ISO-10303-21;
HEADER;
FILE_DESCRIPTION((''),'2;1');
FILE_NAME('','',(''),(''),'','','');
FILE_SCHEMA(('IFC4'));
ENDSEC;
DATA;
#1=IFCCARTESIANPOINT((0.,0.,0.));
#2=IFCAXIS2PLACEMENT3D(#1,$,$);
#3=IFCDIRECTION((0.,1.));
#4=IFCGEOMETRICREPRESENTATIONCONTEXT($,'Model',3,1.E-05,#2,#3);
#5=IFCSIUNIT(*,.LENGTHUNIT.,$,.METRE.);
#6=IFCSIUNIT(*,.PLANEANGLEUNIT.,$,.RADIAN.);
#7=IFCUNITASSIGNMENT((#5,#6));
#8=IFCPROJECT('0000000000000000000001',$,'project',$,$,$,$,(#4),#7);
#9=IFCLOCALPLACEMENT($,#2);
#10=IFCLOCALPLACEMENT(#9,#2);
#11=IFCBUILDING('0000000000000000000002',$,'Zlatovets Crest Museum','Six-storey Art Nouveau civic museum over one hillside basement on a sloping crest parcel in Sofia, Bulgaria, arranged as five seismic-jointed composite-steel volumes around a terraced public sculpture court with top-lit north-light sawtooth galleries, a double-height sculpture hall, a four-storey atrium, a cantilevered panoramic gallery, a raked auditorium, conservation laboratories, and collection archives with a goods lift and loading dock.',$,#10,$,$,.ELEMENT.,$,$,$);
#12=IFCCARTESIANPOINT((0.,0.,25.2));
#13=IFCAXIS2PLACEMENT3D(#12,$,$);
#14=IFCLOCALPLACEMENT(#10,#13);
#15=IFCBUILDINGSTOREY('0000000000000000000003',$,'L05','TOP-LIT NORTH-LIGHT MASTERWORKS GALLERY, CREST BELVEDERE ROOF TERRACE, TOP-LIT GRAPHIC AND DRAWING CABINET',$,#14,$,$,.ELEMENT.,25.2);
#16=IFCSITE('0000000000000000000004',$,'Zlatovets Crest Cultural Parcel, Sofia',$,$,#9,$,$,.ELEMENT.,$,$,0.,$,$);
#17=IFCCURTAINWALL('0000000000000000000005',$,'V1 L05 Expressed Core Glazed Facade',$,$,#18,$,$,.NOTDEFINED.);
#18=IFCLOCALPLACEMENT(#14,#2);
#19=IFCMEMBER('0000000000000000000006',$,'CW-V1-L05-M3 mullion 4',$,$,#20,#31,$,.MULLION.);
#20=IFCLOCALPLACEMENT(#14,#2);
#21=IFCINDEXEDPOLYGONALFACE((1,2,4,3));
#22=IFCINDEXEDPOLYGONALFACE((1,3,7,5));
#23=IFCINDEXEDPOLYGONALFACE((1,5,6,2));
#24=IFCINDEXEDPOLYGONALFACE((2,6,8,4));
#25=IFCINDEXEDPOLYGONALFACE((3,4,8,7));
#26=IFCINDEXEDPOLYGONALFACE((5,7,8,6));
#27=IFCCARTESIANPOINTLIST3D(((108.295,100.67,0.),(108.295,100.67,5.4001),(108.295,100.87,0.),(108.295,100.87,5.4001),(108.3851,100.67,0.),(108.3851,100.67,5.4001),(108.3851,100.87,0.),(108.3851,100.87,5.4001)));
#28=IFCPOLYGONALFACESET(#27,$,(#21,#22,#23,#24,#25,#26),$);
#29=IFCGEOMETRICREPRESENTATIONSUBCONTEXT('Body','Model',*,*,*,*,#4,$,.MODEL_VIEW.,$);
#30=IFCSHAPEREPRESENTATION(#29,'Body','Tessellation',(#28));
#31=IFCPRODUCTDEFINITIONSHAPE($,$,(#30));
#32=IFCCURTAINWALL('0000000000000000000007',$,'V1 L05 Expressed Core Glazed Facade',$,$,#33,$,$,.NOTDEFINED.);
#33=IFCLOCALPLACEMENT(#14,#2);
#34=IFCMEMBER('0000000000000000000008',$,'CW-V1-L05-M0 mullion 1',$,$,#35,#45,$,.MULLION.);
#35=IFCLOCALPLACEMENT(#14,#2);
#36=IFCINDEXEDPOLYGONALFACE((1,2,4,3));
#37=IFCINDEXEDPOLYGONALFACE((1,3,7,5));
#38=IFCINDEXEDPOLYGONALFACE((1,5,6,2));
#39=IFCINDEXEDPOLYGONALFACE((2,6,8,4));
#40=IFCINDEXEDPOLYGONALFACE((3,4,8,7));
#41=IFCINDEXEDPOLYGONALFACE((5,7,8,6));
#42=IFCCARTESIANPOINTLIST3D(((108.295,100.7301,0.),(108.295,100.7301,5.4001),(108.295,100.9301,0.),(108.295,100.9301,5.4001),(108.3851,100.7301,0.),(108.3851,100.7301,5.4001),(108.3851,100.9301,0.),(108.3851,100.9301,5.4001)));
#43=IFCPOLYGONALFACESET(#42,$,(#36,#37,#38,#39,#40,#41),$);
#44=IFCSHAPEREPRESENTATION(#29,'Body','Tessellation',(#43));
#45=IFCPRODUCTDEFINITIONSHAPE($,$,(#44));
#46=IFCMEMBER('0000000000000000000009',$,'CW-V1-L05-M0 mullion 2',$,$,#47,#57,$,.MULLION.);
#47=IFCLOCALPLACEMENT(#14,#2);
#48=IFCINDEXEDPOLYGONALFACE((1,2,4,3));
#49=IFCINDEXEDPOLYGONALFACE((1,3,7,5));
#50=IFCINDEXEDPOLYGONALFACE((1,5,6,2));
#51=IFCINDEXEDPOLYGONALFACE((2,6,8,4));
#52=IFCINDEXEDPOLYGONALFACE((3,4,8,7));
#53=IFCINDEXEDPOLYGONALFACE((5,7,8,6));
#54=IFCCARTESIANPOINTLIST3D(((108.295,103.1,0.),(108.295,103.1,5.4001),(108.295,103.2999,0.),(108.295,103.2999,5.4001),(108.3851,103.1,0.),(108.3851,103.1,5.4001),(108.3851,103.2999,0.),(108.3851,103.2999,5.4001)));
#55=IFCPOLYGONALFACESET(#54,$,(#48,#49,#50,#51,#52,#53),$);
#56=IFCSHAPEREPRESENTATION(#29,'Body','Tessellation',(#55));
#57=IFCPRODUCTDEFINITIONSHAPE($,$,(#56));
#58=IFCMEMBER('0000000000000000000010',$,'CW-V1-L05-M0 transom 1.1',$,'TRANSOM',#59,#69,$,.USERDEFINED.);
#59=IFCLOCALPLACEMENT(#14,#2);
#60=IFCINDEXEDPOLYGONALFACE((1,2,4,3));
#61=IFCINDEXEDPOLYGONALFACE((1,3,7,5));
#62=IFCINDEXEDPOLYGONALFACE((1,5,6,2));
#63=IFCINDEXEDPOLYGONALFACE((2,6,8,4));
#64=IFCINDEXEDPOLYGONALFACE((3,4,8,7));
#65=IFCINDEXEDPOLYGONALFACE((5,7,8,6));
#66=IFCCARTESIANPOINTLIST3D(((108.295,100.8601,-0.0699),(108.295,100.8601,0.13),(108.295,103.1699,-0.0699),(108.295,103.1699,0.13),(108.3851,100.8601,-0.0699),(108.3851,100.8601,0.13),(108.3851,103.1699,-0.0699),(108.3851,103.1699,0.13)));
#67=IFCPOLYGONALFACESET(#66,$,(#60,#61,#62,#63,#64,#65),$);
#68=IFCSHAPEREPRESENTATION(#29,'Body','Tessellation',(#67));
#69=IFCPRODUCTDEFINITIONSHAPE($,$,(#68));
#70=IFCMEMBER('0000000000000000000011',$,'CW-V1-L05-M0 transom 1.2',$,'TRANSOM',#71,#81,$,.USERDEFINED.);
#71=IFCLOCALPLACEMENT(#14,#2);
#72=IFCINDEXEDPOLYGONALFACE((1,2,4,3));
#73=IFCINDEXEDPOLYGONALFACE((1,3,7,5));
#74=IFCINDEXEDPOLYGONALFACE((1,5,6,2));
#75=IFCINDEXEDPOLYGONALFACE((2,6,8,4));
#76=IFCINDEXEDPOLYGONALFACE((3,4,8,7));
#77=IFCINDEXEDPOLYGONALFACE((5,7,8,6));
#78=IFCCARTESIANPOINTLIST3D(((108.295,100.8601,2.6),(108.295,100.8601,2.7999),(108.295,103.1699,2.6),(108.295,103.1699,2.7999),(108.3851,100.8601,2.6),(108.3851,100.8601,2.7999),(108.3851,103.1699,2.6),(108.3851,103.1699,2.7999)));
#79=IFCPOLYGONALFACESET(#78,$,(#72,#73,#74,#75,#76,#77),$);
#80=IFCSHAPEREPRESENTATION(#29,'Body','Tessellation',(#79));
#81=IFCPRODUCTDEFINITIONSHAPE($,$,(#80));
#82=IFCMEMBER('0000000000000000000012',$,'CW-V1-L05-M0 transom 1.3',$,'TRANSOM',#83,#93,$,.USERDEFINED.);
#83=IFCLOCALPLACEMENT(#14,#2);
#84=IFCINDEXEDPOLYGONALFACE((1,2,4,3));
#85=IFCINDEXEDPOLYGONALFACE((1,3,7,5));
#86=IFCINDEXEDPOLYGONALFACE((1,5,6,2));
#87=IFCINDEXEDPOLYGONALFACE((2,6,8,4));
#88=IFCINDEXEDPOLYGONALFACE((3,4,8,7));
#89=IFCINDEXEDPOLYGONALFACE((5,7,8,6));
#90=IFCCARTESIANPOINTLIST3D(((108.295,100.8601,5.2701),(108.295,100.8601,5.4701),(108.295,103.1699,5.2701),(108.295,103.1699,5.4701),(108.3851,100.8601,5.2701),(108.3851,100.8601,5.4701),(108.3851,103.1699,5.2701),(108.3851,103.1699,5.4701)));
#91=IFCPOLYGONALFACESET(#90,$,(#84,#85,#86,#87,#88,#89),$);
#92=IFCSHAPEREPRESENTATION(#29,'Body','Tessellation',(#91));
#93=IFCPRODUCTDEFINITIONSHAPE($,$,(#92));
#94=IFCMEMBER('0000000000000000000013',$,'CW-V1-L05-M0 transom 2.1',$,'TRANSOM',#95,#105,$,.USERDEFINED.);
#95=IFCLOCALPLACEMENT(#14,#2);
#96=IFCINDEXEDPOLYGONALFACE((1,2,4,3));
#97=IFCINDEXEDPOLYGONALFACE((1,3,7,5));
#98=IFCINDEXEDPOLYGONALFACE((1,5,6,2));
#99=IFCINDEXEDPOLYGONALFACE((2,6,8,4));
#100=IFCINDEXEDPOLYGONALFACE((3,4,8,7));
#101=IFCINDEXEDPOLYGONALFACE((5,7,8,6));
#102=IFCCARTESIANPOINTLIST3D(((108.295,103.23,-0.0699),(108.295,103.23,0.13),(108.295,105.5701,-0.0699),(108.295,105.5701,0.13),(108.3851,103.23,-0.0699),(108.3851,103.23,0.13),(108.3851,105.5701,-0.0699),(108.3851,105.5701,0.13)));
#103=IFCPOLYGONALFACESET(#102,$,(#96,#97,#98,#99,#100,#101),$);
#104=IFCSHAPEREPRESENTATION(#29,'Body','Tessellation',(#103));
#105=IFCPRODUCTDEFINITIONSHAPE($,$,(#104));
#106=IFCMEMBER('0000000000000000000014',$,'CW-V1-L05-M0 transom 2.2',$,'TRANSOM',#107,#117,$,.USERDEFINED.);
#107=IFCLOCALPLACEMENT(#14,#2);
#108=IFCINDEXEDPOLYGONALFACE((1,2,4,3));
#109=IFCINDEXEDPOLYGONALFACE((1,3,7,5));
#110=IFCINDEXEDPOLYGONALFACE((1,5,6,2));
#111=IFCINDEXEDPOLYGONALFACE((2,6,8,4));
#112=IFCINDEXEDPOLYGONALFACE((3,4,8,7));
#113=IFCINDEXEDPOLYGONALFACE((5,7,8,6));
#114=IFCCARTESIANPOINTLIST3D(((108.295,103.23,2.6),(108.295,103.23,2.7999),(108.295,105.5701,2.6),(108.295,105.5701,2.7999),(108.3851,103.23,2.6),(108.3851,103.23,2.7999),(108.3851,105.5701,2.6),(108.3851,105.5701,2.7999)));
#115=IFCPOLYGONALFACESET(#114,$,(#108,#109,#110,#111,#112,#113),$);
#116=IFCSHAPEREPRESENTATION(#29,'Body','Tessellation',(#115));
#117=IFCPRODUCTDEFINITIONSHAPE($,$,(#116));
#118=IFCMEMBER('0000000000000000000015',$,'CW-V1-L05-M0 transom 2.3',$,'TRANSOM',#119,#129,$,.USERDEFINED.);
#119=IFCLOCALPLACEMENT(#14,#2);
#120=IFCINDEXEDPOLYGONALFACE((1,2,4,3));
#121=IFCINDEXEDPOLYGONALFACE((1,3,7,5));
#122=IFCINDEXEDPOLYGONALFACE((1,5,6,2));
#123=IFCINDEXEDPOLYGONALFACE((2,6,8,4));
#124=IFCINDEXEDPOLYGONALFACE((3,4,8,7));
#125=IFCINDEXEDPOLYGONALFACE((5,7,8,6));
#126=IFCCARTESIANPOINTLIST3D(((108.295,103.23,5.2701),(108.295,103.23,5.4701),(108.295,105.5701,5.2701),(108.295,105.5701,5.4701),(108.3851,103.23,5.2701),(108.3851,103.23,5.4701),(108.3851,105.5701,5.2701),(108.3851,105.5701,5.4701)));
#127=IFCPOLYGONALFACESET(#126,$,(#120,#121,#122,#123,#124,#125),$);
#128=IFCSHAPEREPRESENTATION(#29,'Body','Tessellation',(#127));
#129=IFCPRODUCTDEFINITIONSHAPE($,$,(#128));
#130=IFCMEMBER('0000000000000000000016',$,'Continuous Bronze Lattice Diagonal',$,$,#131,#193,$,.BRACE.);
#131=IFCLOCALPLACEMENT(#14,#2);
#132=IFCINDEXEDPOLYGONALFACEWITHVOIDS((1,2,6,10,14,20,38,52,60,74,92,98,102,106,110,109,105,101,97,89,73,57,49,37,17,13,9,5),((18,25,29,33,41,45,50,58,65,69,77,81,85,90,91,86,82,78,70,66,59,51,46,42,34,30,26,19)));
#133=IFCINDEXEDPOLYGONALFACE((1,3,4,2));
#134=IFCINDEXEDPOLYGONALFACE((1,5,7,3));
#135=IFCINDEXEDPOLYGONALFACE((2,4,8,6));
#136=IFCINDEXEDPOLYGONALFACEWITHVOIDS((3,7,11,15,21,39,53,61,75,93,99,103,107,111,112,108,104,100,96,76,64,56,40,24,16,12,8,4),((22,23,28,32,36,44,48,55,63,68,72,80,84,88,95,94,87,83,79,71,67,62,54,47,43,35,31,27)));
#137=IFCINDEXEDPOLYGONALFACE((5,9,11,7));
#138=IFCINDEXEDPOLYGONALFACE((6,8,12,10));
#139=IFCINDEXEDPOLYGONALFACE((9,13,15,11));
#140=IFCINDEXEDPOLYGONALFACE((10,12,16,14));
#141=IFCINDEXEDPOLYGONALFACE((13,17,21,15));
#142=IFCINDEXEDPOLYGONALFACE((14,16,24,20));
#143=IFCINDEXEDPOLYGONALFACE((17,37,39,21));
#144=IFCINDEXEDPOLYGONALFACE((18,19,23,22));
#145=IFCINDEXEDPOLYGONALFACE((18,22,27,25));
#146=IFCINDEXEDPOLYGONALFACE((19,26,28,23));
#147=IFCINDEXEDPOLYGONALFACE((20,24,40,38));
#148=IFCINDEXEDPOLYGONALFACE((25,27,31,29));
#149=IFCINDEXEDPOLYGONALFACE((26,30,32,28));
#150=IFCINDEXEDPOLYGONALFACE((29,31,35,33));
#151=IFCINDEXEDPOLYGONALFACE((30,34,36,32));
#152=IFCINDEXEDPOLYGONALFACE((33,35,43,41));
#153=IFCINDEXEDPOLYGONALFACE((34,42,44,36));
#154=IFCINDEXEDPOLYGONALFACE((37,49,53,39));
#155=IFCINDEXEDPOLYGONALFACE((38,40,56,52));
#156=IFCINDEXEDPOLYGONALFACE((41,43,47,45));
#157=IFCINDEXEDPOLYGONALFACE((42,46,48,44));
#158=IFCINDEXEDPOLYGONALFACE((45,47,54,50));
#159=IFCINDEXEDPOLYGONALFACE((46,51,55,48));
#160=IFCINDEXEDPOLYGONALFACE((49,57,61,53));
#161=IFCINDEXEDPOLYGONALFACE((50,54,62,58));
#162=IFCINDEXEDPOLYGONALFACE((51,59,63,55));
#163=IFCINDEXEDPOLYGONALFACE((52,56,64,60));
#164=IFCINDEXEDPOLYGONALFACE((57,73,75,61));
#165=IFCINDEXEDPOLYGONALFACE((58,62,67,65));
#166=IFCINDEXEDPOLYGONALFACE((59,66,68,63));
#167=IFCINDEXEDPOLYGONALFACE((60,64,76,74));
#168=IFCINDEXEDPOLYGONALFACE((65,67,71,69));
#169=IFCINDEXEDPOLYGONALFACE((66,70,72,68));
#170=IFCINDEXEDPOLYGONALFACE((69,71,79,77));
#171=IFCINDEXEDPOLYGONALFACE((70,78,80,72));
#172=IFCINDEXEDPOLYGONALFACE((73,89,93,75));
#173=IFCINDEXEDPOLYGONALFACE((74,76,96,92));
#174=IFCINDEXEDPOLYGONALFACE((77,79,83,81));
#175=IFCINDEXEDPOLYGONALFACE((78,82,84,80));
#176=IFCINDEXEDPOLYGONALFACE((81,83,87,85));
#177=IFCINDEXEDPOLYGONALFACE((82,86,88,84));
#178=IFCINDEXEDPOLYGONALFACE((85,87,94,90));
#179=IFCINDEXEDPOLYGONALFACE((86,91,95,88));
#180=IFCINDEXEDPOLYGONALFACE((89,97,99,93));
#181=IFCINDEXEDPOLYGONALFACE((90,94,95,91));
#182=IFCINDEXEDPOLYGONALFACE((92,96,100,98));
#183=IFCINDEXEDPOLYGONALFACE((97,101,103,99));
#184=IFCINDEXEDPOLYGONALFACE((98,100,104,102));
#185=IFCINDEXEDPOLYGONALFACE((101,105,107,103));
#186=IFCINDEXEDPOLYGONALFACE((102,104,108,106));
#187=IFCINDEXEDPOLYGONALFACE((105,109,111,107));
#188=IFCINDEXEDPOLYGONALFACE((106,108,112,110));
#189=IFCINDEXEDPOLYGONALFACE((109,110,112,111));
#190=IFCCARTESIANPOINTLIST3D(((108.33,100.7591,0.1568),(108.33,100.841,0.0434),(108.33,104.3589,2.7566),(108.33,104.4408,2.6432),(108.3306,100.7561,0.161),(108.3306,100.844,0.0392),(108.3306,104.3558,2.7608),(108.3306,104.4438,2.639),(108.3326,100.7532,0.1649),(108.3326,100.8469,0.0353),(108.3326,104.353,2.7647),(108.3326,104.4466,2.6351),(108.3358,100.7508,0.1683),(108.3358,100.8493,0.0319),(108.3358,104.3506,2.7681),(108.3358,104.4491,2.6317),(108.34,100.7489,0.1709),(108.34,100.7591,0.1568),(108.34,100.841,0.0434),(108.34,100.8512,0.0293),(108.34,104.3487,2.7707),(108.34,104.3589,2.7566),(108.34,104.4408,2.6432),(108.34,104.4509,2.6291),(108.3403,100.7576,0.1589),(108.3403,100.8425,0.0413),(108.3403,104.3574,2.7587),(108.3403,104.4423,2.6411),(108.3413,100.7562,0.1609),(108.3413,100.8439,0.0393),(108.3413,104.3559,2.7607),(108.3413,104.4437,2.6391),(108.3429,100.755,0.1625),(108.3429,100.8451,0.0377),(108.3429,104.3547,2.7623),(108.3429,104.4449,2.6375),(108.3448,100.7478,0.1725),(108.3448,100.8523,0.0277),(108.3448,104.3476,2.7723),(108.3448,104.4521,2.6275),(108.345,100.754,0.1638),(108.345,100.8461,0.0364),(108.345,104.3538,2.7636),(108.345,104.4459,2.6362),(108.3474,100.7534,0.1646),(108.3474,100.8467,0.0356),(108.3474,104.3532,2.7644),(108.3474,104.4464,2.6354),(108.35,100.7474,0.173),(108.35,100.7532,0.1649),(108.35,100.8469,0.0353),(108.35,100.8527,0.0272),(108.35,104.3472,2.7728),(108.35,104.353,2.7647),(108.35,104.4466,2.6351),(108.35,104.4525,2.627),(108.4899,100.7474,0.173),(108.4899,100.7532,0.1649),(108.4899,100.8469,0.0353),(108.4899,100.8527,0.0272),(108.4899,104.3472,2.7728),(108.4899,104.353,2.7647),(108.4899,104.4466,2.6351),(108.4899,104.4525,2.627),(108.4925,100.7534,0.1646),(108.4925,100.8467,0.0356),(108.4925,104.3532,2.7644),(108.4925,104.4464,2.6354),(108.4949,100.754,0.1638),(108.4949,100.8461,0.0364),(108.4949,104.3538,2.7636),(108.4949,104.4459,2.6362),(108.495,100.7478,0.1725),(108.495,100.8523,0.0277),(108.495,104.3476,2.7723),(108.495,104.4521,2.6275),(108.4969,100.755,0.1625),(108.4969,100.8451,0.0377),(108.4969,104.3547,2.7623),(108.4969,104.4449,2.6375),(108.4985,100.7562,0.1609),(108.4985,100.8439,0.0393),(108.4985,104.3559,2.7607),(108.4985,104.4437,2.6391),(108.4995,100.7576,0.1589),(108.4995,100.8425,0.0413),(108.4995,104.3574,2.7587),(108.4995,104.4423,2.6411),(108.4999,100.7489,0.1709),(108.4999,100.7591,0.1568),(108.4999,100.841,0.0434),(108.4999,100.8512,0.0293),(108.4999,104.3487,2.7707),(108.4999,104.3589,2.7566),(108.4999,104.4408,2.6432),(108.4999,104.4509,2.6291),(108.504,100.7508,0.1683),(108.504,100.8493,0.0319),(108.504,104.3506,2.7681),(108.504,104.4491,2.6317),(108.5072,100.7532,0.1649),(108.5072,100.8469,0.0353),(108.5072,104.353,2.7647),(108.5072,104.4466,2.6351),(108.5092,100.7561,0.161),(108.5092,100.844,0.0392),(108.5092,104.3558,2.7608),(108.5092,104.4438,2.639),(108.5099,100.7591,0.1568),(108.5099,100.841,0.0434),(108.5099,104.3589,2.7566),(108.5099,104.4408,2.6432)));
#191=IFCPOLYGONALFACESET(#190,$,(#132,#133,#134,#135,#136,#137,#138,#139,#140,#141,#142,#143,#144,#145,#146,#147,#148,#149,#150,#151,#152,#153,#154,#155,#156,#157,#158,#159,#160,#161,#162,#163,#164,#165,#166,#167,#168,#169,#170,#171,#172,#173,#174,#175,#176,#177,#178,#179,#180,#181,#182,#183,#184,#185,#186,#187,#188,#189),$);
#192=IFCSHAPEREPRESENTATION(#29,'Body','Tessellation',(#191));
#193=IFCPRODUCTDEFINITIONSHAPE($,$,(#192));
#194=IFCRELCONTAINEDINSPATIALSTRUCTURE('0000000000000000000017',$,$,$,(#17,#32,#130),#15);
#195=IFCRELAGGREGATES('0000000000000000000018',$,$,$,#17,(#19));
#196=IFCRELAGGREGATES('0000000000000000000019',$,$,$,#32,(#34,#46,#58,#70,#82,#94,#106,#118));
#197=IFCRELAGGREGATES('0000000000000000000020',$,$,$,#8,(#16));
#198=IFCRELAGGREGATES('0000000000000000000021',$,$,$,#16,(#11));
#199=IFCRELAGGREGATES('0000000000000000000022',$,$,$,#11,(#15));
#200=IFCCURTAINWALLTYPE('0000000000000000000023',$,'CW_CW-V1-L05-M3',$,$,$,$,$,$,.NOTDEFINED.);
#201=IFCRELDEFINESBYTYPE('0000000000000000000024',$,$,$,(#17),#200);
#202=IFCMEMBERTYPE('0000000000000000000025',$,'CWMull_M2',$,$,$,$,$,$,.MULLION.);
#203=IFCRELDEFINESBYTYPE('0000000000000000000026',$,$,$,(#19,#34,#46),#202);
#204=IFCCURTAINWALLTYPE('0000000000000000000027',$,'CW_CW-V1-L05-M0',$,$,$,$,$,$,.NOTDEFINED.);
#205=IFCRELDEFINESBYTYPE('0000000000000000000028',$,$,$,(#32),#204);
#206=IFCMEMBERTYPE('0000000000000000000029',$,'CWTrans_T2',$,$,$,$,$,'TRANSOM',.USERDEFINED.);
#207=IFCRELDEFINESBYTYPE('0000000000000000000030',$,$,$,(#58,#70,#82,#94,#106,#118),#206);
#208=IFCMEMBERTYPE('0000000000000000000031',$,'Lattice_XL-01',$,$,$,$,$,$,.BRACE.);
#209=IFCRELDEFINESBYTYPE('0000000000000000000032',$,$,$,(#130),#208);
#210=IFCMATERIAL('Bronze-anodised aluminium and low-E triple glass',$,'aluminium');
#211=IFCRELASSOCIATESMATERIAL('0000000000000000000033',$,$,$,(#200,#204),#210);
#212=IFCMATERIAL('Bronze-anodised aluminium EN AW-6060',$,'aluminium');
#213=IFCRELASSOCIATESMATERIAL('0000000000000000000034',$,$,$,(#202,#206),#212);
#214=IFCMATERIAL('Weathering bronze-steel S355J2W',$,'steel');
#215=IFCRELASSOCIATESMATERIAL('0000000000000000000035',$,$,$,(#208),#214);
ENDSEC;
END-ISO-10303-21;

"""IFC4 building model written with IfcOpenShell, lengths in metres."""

from ifc_helpers import new_model, si_unit, direction, frame, origin, origin_2d, place, context, subcontext, project, spatial, rectangle, hollow_rectangle, extrude, material, material_profile, profile_set, type_object, element, aggregate, save


model = new_model("IFC4")

# Units and contexts
model_context = context("Model", 3, precision=1e-05, world=origin(), true_north=direction((0.0, 1.0)))
body_context = subcontext(model_context, "Body", "Model", "MODEL_VIEW")
ifc_project = project(units=[si_unit("LENGTHUNIT", "METRE"), si_unit("PLANEANGLEUNIT", "RADIAN")], contexts=[model_context])

# Site, building, storey
site_placement = place(None, origin())
site = spatial("IfcSite", under=ifc_project, at=site_placement, Name="Zlatovets Crest Cultural Parcel, Sofia", CompositionType="ELEMENT", RefElevation=0.0)
building_placement = place(site_placement, origin())
building = spatial("IfcBuilding", under=site, at=building_placement, Name="Zlatovets Crest Museum", Description="Six-storey Art Nouveau civic museum over one hillside basement on a sloping crest parcel in Sofia, Bulgaria, arranged as five seismic-jointed composite-steel volumes around a terraced public sculpture court with top-lit north-light sawtooth galleries, a double-height sculpture hall, a four-storey atrium, a cantilevered panoramic gallery, a raked auditorium, conservation laboratories, and collection archives with a goods lift and loading dock.", CompositionType="ELEMENT")
storey_placement = place(building_placement, frame((0.0, 0.0, 25.2)))
storey = spatial("IfcBuildingStorey", under=building, at=storey_placement, Name="L05", Description="TOP-LIT NORTH-LIGHT MASTERWORKS GALLERY, CREST BELVEDERE ROOF TERRACE, TOP-LIT GRAPHIC AND DRAWING CABINET", CompositionType="ELEMENT", Elevation=25.2)

# Curtain wall, member
ifc_material_1 = material(Name="Bronze-anodised aluminium and low-E triple glass", Category="aluminium")
curtain_wall_type_1 = type_object("IfcCurtainWallType", Name="CW_CW-V1-L05-M3", PredefinedType="NOTDEFINED", material=ifc_material_1)
curtain_wall_1_placement = place(storey_placement, origin())
curtain_wall_1 = element("IfcCurtainWall", 1, at=curtain_wall_1_placement, inside=storey, type_object=curtain_wall_type_1, Name="V1 L05 Expressed Core Glazed Facade", PredefinedType="NOTDEFINED")
ifc_material_2 = material(Name="Bronze-anodised aluminium EN AW-6060", Category="aluminium")
ifc_material_profile_1 = material_profile(ifc_material_2, rectangle(XDim=0.0901, YDim=0.2, at=origin_2d()), Name="ALU 90x200")
ifc_profile_set_1 = profile_set([ifc_material_profile_1], Name="Bronze-anodised aluminium EN AW-6060")
member_type_1 = type_object("IfcMemberType", Name="CWMull_M2", PredefinedType="MULLION", material=ifc_profile_set_1)
member_1_placement = place(storey_placement, frame((108.3401, 100.77, 0.0), z_axis=(0.0, 0.0, 1.0), x_axis=(-1.0, 0.0, 0.0)))
member_1 = element("IfcMember", 2, at=member_1_placement, type_object=member_type_1, Name="CW-V1-L05-M3 mullion 4", PredefinedType="MULLION", context=body_context, shape_type="SweptSolid", body=[
    extrude(rectangle(XDim=0.0901, YDim=0.2, at=origin_2d()), origin(), (0.0, 0.0, 1.0), 5.4001),
])
aggregate(curtain_wall_1, [member_1])

# Curtain wall, members
curtain_wall_type_2 = type_object("IfcCurtainWallType", Name="CW_CW-V1-L05-M0", PredefinedType="NOTDEFINED", material=ifc_material_1)
curtain_wall_2_placement = place(storey_placement, origin())
curtain_wall_2 = element("IfcCurtainWall", 3, at=curtain_wall_2_placement, inside=storey, type_object=curtain_wall_type_2, Name="V1 L05 Expressed Core Glazed Facade", PredefinedType="NOTDEFINED")
member_2_placement = place(storey_placement, frame((108.3401, 100.8301, 0.0), z_axis=(0.0, 0.0, 1.0), x_axis=(-1.0, 0.0, 0.0)))
member_2 = element("IfcMember", 4, at=member_2_placement, type_object=member_type_1, Name="CW-V1-L05-M0 mullion 1", PredefinedType="MULLION", context=body_context, shape_type="SweptSolid", body=[
    extrude(rectangle(XDim=0.0901, YDim=0.2, at=origin_2d()), origin(), (0.0, 0.0, 1.0), 5.4001),
])
member_3_placement = place(storey_placement, frame((108.3401, 103.2, 0.0), z_axis=(0.0, 0.0, 1.0), x_axis=(-1.0, 0.0, 0.0)))
member_3 = element("IfcMember", 5, at=member_3_placement, type_object=member_type_1, Name="CW-V1-L05-M0 mullion 2", PredefinedType="MULLION", context=body_context, shape_type="SweptSolid", body=[
    extrude(rectangle(XDim=0.0901, YDim=0.2, at=origin_2d()), origin(), (0.0, 0.0, 1.0), 5.4001),
])
ifc_material_profile_2 = material_profile(ifc_material_2, rectangle(XDim=0.0901, YDim=0.2, at=origin_2d()), Name="ALU 90x200")
ifc_profile_set_2 = profile_set([ifc_material_profile_2], Name="Bronze-anodised aluminium EN AW-6060")
member_type_2 = type_object("IfcMemberType", Name="CWTrans_T2", ElementType="TRANSOM", PredefinedType="USERDEFINED", material=ifc_profile_set_2)
member_4_placement = place(storey_placement, frame((108.3401, 100.8601, 0.03), z_axis=(0.0, 1.0, 0.0), x_axis=(-1.0, 0.0, 0.0)))
member_4 = element("IfcMember", 6, at=member_4_placement, type_object=member_type_2, Name="CW-V1-L05-M0 transom 1.1", ObjectType="TRANSOM", PredefinedType="USERDEFINED", context=body_context, shape_type="SweptSolid", body=[
    extrude(rectangle(XDim=0.0901, YDim=0.2, at=origin_2d()), origin(), (0.0, 0.0, 1.0), 2.3098),
])
member_5_placement = place(storey_placement, frame((108.3401, 100.8601, 2.7), z_axis=(0.0, 1.0, 0.0), x_axis=(-1.0, 0.0, 0.0)))
member_5 = element("IfcMember", 7, at=member_5_placement, type_object=member_type_2, Name="CW-V1-L05-M0 transom 1.2", ObjectType="TRANSOM", PredefinedType="USERDEFINED", context=body_context, shape_type="SweptSolid", body=[
    extrude(rectangle(XDim=0.0901, YDim=0.2, at=origin_2d()), origin(), (0.0, 0.0, 1.0), 2.3098),
])
member_6_placement = place(storey_placement, frame((108.3401, 100.8601, 5.3701), z_axis=(0.0, 1.0, 0.0), x_axis=(-1.0, 0.0, 0.0)))
member_6 = element("IfcMember", 8, at=member_6_placement, type_object=member_type_2, Name="CW-V1-L05-M0 transom 1.3", ObjectType="TRANSOM", PredefinedType="USERDEFINED", context=body_context, shape_type="SweptSolid", body=[
    extrude(rectangle(XDim=0.0901, YDim=0.2, at=origin_2d()), origin(), (0.0, 0.0, 1.0), 2.3098),
])
member_7_placement = place(storey_placement, frame((108.3401, 103.23, 0.03), z_axis=(0.0, 1.0, 0.0), x_axis=(-1.0, 0.0, 0.0)))
member_7 = element("IfcMember", 9, at=member_7_placement, type_object=member_type_2, Name="CW-V1-L05-M0 transom 2.1", ObjectType="TRANSOM", PredefinedType="USERDEFINED", context=body_context, shape_type="SweptSolid", body=[
    extrude(rectangle(XDim=0.0901, YDim=0.2, at=origin_2d()), origin(), (0.0, 0.0, 1.0), 2.3401),
])
member_8_placement = place(storey_placement, frame((108.3401, 103.23, 2.7), z_axis=(0.0, 1.0, 0.0), x_axis=(-1.0, 0.0, 0.0)))
member_8 = element("IfcMember", 10, at=member_8_placement, type_object=member_type_2, Name="CW-V1-L05-M0 transom 2.2", ObjectType="TRANSOM", PredefinedType="USERDEFINED", context=body_context, shape_type="SweptSolid", body=[
    extrude(rectangle(XDim=0.0901, YDim=0.2, at=origin_2d()), origin(), (0.0, 0.0, 1.0), 2.3401),
])
member_9_placement = place(storey_placement, frame((108.3401, 103.23, 5.3701), z_axis=(0.0, 1.0, 0.0), x_axis=(-1.0, 0.0, 0.0)))
member_9 = element("IfcMember", 11, at=member_9_placement, type_object=member_type_2, Name="CW-V1-L05-M0 transom 2.3", ObjectType="TRANSOM", PredefinedType="USERDEFINED", context=body_context, shape_type="SweptSolid", body=[
    extrude(rectangle(XDim=0.0901, YDim=0.2, at=origin_2d()), origin(), (0.0, 0.0, 1.0), 2.3401),
])

# Member
ifc_material_3 = material(Name="Weathering bronze-steel S355J2W", Category="steel")
ifc_material_profile_3 = material_profile(ifc_material_3, hollow_rectangle(XDim=0.1799, YDim=0.1799, WallThickness=0.01, InnerFilletRadius=0.01, OuterFilletRadius=0.02, at=origin_2d()), Name="SHS 180x180x10.0")
ifc_profile_set_3 = profile_set([ifc_material_profile_3], Name="Weathering bronze-steel S355J2W")
member_type_3 = type_object("IfcMemberType", Name="Lattice_XL-01", PredefinedType="BRACE", material=ifc_profile_set_3)
member_10_placement = place(storey_placement, frame((108.4199, 100.8, 0.1001), z_axis=(0.0, 0.810684, 0.585485), x_axis=(-1.0, 0.0, 0.0)))
element("IfcMember", 12, at=member_10_placement, inside=storey, type_object=member_type_3, Name="Continuous Bronze Lattice Diagonal", PredefinedType="BRACE", context=body_context, shape_type="SweptSolid", body=[
    extrude(hollow_rectangle(XDim=0.1799, YDim=0.1799, WallThickness=0.01, InnerFilletRadius=0.01, OuterFilletRadius=0.02, at=origin_2d()), origin(), (0.0, 0.0, 1.0), 4.4404),
])

aggregate(curtain_wall_2, [member_2, member_3, member_4, member_5, member_6, member_7, member_8, member_9])

save(model, "model.ifc")
